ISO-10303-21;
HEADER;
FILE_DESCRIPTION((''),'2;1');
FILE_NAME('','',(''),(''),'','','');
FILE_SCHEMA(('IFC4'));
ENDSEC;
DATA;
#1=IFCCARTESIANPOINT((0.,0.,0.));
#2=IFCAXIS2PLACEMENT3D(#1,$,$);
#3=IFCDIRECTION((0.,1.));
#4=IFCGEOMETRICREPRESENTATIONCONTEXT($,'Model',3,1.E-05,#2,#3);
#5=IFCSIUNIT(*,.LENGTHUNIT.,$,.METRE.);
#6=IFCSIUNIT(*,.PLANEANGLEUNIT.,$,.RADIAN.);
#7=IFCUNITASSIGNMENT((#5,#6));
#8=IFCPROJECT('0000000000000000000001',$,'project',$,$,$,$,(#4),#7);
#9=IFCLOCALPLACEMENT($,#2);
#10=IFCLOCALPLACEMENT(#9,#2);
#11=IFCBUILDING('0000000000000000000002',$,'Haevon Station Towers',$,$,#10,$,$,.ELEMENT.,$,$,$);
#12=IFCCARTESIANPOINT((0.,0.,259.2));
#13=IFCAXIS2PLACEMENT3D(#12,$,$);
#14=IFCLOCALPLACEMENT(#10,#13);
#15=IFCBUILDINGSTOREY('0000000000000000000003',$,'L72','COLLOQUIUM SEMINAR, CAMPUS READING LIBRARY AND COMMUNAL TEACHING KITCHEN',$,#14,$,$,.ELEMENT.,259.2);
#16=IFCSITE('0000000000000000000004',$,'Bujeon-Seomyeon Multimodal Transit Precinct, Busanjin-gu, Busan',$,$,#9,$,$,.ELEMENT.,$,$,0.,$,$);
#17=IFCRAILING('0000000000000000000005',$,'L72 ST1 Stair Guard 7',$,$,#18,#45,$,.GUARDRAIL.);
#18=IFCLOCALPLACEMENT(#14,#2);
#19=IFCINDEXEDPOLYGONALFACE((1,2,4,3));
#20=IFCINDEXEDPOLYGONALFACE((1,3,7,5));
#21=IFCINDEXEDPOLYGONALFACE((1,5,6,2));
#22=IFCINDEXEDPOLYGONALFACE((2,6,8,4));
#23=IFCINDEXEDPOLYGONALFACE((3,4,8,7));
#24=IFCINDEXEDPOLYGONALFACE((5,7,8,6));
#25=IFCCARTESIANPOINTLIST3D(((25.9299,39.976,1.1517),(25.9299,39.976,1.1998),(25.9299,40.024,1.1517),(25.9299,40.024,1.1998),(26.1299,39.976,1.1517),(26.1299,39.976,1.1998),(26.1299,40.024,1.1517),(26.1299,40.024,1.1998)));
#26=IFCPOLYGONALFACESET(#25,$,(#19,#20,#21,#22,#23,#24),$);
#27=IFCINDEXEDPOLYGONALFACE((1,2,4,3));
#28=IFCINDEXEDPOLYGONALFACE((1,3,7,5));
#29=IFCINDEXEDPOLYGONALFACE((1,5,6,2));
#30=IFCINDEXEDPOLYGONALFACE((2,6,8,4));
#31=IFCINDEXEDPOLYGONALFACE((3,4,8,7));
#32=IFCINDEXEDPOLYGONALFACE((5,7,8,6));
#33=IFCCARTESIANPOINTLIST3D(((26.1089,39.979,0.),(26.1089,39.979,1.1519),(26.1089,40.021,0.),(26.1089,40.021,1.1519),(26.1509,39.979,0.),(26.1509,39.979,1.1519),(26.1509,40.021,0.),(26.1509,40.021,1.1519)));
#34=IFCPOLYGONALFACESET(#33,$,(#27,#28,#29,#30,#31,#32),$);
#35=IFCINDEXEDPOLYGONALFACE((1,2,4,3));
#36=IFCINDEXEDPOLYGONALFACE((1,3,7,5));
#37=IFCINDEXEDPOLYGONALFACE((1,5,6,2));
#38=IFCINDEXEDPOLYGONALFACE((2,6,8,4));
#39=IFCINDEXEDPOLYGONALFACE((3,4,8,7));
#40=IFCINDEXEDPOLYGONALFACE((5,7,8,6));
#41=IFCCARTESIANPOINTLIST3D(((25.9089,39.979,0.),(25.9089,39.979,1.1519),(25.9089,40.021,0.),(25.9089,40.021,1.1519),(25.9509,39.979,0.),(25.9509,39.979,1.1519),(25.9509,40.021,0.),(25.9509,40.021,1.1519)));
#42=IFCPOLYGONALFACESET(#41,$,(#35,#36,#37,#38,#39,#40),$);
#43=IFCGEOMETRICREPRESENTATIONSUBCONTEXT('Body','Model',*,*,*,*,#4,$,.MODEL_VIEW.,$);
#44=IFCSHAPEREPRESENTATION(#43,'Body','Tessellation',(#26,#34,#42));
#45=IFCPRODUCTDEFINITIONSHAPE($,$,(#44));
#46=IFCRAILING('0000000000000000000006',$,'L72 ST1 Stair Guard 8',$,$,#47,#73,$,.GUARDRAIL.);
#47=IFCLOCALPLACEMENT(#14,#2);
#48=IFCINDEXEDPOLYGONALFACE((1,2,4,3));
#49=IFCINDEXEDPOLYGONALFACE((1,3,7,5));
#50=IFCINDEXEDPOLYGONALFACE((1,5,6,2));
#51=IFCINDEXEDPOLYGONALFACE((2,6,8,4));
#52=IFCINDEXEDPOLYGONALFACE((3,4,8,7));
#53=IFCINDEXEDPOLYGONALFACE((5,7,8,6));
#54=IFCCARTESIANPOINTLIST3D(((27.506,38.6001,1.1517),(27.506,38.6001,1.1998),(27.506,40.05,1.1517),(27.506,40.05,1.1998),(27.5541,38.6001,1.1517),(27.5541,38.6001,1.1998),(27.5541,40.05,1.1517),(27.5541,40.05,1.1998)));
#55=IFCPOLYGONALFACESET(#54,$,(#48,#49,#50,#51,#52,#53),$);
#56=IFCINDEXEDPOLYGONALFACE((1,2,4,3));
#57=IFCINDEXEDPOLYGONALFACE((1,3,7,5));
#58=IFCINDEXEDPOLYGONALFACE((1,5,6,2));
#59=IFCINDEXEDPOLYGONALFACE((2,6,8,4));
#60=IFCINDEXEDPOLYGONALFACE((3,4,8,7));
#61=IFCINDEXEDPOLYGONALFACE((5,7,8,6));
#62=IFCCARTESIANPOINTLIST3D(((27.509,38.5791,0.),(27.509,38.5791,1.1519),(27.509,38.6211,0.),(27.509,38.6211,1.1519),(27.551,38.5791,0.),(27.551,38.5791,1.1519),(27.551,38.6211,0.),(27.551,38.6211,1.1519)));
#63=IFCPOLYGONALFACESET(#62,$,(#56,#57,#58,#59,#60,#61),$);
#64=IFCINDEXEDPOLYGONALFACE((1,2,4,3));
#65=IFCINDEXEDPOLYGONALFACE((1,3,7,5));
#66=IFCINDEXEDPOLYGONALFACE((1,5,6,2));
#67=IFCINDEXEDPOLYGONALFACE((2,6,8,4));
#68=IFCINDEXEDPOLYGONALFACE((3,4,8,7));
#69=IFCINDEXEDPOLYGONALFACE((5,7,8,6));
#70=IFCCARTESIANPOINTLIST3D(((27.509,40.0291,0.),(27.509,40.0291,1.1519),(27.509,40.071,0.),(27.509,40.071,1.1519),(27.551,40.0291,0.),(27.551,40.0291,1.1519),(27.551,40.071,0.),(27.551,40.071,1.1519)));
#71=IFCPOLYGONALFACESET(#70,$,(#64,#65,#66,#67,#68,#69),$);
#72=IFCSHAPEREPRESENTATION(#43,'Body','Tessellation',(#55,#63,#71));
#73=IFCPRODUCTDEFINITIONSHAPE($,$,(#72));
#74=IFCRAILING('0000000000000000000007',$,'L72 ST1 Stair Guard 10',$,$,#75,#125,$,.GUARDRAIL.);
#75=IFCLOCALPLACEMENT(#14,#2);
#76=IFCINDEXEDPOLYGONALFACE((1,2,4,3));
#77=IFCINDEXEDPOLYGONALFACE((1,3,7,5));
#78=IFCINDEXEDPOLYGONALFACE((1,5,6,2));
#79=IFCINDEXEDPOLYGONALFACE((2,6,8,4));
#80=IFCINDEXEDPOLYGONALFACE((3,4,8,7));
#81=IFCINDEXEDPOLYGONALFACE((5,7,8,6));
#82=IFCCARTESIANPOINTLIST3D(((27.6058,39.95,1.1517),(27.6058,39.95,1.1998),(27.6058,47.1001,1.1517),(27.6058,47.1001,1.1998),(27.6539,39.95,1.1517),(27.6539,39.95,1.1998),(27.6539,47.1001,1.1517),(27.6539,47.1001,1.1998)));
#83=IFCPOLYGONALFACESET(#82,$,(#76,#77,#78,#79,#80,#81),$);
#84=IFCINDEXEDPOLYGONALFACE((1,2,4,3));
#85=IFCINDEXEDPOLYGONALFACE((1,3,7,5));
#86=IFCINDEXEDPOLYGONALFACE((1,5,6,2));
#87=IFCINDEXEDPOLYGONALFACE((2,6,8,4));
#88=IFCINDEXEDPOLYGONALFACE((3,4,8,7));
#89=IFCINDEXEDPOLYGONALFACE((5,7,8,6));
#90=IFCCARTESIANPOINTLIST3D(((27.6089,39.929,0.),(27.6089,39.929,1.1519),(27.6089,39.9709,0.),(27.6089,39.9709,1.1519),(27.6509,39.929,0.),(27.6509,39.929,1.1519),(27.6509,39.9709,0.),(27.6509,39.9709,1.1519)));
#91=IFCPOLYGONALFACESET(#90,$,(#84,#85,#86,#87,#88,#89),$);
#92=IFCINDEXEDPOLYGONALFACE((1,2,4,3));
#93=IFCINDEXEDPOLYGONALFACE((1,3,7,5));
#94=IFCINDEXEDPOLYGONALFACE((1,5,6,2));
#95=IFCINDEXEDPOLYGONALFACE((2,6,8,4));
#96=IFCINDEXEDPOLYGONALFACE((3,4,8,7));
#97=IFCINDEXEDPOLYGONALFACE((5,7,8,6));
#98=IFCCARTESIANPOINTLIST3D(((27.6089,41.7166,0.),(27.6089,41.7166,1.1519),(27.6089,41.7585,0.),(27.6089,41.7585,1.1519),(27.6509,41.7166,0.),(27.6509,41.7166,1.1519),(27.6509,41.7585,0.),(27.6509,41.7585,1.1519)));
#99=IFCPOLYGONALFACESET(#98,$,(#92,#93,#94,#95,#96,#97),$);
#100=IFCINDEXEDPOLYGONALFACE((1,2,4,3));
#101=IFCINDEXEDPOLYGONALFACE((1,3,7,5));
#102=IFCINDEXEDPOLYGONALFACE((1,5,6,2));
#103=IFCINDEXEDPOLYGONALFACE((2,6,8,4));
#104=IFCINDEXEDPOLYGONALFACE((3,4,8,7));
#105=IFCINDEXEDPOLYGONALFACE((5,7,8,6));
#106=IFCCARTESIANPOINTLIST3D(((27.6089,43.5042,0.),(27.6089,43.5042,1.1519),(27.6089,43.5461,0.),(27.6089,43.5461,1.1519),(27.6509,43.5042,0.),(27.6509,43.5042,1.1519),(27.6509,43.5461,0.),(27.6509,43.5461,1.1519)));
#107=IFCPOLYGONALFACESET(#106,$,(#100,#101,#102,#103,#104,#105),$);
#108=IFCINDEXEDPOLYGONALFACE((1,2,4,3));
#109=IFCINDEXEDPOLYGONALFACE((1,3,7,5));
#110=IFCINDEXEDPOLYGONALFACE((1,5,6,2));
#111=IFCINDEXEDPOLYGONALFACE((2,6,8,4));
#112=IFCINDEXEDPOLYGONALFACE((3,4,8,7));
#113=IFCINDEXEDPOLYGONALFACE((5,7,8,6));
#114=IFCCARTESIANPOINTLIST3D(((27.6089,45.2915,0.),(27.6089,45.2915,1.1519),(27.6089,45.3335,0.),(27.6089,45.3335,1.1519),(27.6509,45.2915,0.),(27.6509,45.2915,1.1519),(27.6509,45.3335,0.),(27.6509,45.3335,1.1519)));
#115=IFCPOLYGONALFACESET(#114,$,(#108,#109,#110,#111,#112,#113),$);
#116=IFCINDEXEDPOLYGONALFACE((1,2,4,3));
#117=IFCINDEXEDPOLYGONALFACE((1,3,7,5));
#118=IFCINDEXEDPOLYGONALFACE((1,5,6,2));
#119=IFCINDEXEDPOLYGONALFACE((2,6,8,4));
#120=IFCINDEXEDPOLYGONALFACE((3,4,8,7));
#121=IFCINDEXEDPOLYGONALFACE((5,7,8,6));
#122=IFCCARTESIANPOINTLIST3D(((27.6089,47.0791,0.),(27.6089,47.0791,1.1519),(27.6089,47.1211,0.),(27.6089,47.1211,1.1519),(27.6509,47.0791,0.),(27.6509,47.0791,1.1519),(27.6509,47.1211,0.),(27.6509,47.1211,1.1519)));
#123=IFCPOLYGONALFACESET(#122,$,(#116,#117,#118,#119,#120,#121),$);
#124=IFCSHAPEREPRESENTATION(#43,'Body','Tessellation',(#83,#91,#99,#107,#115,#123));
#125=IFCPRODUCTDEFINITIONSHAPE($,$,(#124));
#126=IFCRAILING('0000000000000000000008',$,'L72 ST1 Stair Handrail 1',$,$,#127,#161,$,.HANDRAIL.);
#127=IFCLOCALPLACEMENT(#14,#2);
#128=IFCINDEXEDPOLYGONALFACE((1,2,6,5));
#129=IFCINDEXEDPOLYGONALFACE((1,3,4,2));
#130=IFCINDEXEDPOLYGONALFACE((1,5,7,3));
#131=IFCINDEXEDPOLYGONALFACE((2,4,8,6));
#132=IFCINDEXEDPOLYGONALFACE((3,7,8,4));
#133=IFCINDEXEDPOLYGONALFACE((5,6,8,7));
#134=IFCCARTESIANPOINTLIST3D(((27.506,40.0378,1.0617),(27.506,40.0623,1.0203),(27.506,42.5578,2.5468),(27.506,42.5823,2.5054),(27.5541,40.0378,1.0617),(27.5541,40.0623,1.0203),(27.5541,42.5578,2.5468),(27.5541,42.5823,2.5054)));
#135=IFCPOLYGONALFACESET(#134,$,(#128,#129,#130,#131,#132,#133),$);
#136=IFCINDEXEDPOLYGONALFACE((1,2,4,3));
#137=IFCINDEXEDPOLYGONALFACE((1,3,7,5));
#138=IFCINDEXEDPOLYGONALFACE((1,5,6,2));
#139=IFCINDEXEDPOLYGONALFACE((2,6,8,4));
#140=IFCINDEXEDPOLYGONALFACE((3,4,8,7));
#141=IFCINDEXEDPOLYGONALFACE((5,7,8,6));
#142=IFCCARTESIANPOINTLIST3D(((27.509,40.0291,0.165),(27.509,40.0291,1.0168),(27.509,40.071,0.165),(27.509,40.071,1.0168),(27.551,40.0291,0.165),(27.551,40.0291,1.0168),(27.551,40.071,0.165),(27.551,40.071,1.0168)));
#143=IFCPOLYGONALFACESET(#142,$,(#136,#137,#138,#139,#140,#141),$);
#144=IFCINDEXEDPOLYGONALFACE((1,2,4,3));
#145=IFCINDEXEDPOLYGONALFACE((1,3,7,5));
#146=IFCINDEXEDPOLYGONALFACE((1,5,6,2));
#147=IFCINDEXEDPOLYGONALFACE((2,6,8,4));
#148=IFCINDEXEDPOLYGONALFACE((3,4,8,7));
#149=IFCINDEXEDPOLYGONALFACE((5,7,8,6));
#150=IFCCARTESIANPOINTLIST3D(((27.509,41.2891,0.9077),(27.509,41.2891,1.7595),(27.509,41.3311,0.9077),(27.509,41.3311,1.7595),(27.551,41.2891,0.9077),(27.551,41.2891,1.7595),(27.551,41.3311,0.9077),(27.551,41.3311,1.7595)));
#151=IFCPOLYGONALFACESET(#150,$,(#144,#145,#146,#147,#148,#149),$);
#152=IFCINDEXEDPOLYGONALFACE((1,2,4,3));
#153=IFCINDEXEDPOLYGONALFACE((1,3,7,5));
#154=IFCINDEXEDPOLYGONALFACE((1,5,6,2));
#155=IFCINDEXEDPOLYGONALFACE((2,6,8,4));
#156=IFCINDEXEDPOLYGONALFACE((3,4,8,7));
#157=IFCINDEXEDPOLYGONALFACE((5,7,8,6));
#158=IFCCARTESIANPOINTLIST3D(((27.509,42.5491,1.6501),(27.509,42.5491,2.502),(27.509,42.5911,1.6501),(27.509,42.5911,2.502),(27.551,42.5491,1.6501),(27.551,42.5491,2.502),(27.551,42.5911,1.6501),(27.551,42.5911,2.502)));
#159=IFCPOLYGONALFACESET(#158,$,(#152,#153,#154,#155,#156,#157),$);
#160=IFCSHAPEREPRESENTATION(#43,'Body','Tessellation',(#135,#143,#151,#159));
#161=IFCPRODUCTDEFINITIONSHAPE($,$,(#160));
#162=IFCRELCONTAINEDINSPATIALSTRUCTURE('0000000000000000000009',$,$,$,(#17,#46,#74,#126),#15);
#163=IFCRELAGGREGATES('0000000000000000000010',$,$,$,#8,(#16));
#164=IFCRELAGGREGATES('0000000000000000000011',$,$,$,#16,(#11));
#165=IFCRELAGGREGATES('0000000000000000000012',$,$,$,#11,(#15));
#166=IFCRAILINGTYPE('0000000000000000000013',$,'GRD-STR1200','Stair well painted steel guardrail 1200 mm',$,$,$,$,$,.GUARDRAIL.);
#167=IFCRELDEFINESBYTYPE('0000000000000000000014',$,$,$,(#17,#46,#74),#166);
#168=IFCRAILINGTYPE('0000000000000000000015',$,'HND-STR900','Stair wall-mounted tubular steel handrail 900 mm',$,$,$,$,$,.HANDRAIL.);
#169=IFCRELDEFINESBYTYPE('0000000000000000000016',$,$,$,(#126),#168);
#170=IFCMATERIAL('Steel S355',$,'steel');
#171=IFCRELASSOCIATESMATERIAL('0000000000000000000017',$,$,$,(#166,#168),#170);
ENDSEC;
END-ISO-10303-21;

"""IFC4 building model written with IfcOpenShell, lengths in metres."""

from ifc_helpers import new_model, si_unit, direction, frame, origin, origin_2d, place, context, subcontext, project, spatial, rectangle, extrude, material, type_object, element, save


model = new_model("IFC4")

# Units and contexts
model_context = context("Model", 3, precision=1e-05, world=origin(), true_north=direction((0.0, 1.0)))
body_context = subcontext(model_context, "Body", "Model", "MODEL_VIEW")
ifc_project = project(units=[si_unit("LENGTHUNIT", "METRE"), si_unit("PLANEANGLEUNIT", "RADIAN")], contexts=[model_context])

# Site, building, storey
site_placement = place(None, origin())
site = spatial("IfcSite", under=ifc_project, at=site_placement, Name="Bujeon-Seomyeon Multimodal Transit Precinct, Busanjin-gu, Busan", CompositionType="ELEMENT", RefElevation=0.0)
building_placement = place(site_placement, origin())
building = spatial("IfcBuilding", under=site, at=building_placement, Name="Haevon Station Towers", CompositionType="ELEMENT")
storey_placement = place(building_placement, frame((0.0, 0.0, 259.2)))
storey = spatial("IfcBuildingStorey", under=building, at=storey_placement, Name="L72", Description="COLLOQUIUM SEMINAR, CAMPUS READING LIBRARY AND COMMUNAL TEACHING KITCHEN", CompositionType="ELEMENT", Elevation=259.2)

# Shared definitions
ifc_material_1 = material(Name="Steel S355", Category="steel")

# Railings
railing_type_1 = type_object("IfcRailingType", Name="GRD-STR1200", Description="Stair well painted steel guardrail 1200 mm", PredefinedType="GUARDRAIL", material=ifc_material_1)
railing_1_placement = place(storey_placement, frame((26.1299, 40.0, 0.0)))
element("IfcRailing", 1, at=railing_1_placement, inside=storey, type_object=railing_type_1, Name="L72 ST1 Stair Guard 7", PredefinedType="GUARDRAIL", context=body_context, shape_type="SweptSolid", body=[
    extrude(rectangle(XDim=0.0481, YDim=0.0481, at=origin_2d()), frame((0.0, 0.0, 1.1758), z_axis=(-1.0, 0.0, 0.0), x_axis=(0.0, -1.0, 0.0)), (0.0, 0.0, 1.0), 0.2),
    extrude(rectangle(XDim=0.042, YDim=0.042, at=origin_2d()), origin(), (0.0, 0.0, 1.0), 1.1519),
    extrude(rectangle(XDim=0.042, YDim=0.042, at=origin_2d()), frame((-0.2, 0.0, 0.0)), (0.0, 0.0, 1.0), 1.1519),
])
railing_2_placement = place(storey_placement, frame((27.53, 38.6001, 0.0)))
element("IfcRailing", 2, at=railing_2_placement, inside=storey, type_object=railing_type_1, Name="L72 ST1 Stair Guard 8", PredefinedType="GUARDRAIL", context=body_context, shape_type="SweptSolid", body=[
    extrude(rectangle(XDim=0.0481, YDim=0.0481, at=origin_2d()), frame((0.0, 0.0, 1.1758), z_axis=(0.0, 1.0, 0.0), x_axis=(-1.0, 0.0, 0.0)), (0.0, 0.0, 1.0), 1.45),
    extrude(rectangle(XDim=0.042, YDim=0.042, at=origin_2d()), origin(), (0.0, 0.0, 1.0), 1.1519),
    extrude(rectangle(XDim=0.042, YDim=0.042, at=origin_2d()), frame((0.0, 1.45, 0.0)), (0.0, 0.0, 1.0), 1.1519),
])
railing_3_placement = place(storey_placement, frame((27.6299, 39.95, 0.0)))
element("IfcRailing", 3, at=railing_3_placement, inside=storey, type_object=railing_type_1, Name="L72 ST1 Stair Guard 10", PredefinedType="GUARDRAIL", context=body_context, shape_type="SweptSolid", body=[
    extrude(rectangle(XDim=0.0481, YDim=0.0481, at=origin_2d()), frame((0.0, 0.0, 1.1758), z_axis=(0.0, 1.0, 0.0), x_axis=(-1.0, 0.0, 0.0)), (0.0, 0.0, 1.0), 7.1501),
    extrude(rectangle(XDim=0.042, YDim=0.042, at=origin_2d()), origin(), (0.0, 0.0, 1.0), 1.1519),
    extrude(rectangle(XDim=0.042, YDim=0.042, at=origin_2d()), frame((0.0, 1.7876, 0.0)), (0.0, 0.0, 1.0), 1.1519),
    extrude(rectangle(XDim=0.042, YDim=0.042, at=origin_2d()), frame((0.0, 3.5752, 0.0)), (0.0, 0.0, 1.0), 1.1519),
    extrude(rectangle(XDim=0.042, YDim=0.042, at=origin_2d()), frame((0.0, 5.3625, 0.0)), (0.0, 0.0, 1.0), 1.1519),
    extrude(rectangle(XDim=0.042, YDim=0.042, at=origin_2d()), frame((0.0, 7.1501, 0.0)), (0.0, 0.0, 1.0), 1.1519),
])
railing_type_2 = type_object("IfcRailingType", Name="HND-STR900", Description="Stair wall-mounted tubular steel handrail 900 mm", PredefinedType="HANDRAIL", material=ifc_material_1)
railing_4_placement = place(storey_placement, frame((27.53, 40.05, 0.165)))
element("IfcRailing", 4, at=railing_4_placement, inside=storey, type_object=railing_type_2, Name="L72 ST1 Stair Handrail 1", PredefinedType="HANDRAIL", context=body_context, shape_type="SweptSolid", body=[
    extrude(rectangle(XDim=0.0481, YDim=0.0481, at=origin_2d()), frame((0.0, 0.0, 0.876), z_axis=(0.0, 0.861524, 0.507717), x_axis=(-1.0, 0.0, 0.0)), (0.0, 0.0, 1.0), 2.925),
    extrude(rectangle(XDim=0.042, YDim=0.042, at=origin_2d()), origin(), (0.0, 0.0, 1.0), 0.8518),
    extrude(rectangle(XDim=0.042, YDim=0.042, at=origin_2d()), frame((0.0, 1.26, 0.7427)), (0.0, 0.0, 1.0), 0.8518),
    extrude(rectangle(XDim=0.042, YDim=0.042, at=origin_2d()), frame((0.0, 2.52, 1.4851)), (0.0, 0.0, 1.0), 0.8518),
])

save(model, "model.ifc")
